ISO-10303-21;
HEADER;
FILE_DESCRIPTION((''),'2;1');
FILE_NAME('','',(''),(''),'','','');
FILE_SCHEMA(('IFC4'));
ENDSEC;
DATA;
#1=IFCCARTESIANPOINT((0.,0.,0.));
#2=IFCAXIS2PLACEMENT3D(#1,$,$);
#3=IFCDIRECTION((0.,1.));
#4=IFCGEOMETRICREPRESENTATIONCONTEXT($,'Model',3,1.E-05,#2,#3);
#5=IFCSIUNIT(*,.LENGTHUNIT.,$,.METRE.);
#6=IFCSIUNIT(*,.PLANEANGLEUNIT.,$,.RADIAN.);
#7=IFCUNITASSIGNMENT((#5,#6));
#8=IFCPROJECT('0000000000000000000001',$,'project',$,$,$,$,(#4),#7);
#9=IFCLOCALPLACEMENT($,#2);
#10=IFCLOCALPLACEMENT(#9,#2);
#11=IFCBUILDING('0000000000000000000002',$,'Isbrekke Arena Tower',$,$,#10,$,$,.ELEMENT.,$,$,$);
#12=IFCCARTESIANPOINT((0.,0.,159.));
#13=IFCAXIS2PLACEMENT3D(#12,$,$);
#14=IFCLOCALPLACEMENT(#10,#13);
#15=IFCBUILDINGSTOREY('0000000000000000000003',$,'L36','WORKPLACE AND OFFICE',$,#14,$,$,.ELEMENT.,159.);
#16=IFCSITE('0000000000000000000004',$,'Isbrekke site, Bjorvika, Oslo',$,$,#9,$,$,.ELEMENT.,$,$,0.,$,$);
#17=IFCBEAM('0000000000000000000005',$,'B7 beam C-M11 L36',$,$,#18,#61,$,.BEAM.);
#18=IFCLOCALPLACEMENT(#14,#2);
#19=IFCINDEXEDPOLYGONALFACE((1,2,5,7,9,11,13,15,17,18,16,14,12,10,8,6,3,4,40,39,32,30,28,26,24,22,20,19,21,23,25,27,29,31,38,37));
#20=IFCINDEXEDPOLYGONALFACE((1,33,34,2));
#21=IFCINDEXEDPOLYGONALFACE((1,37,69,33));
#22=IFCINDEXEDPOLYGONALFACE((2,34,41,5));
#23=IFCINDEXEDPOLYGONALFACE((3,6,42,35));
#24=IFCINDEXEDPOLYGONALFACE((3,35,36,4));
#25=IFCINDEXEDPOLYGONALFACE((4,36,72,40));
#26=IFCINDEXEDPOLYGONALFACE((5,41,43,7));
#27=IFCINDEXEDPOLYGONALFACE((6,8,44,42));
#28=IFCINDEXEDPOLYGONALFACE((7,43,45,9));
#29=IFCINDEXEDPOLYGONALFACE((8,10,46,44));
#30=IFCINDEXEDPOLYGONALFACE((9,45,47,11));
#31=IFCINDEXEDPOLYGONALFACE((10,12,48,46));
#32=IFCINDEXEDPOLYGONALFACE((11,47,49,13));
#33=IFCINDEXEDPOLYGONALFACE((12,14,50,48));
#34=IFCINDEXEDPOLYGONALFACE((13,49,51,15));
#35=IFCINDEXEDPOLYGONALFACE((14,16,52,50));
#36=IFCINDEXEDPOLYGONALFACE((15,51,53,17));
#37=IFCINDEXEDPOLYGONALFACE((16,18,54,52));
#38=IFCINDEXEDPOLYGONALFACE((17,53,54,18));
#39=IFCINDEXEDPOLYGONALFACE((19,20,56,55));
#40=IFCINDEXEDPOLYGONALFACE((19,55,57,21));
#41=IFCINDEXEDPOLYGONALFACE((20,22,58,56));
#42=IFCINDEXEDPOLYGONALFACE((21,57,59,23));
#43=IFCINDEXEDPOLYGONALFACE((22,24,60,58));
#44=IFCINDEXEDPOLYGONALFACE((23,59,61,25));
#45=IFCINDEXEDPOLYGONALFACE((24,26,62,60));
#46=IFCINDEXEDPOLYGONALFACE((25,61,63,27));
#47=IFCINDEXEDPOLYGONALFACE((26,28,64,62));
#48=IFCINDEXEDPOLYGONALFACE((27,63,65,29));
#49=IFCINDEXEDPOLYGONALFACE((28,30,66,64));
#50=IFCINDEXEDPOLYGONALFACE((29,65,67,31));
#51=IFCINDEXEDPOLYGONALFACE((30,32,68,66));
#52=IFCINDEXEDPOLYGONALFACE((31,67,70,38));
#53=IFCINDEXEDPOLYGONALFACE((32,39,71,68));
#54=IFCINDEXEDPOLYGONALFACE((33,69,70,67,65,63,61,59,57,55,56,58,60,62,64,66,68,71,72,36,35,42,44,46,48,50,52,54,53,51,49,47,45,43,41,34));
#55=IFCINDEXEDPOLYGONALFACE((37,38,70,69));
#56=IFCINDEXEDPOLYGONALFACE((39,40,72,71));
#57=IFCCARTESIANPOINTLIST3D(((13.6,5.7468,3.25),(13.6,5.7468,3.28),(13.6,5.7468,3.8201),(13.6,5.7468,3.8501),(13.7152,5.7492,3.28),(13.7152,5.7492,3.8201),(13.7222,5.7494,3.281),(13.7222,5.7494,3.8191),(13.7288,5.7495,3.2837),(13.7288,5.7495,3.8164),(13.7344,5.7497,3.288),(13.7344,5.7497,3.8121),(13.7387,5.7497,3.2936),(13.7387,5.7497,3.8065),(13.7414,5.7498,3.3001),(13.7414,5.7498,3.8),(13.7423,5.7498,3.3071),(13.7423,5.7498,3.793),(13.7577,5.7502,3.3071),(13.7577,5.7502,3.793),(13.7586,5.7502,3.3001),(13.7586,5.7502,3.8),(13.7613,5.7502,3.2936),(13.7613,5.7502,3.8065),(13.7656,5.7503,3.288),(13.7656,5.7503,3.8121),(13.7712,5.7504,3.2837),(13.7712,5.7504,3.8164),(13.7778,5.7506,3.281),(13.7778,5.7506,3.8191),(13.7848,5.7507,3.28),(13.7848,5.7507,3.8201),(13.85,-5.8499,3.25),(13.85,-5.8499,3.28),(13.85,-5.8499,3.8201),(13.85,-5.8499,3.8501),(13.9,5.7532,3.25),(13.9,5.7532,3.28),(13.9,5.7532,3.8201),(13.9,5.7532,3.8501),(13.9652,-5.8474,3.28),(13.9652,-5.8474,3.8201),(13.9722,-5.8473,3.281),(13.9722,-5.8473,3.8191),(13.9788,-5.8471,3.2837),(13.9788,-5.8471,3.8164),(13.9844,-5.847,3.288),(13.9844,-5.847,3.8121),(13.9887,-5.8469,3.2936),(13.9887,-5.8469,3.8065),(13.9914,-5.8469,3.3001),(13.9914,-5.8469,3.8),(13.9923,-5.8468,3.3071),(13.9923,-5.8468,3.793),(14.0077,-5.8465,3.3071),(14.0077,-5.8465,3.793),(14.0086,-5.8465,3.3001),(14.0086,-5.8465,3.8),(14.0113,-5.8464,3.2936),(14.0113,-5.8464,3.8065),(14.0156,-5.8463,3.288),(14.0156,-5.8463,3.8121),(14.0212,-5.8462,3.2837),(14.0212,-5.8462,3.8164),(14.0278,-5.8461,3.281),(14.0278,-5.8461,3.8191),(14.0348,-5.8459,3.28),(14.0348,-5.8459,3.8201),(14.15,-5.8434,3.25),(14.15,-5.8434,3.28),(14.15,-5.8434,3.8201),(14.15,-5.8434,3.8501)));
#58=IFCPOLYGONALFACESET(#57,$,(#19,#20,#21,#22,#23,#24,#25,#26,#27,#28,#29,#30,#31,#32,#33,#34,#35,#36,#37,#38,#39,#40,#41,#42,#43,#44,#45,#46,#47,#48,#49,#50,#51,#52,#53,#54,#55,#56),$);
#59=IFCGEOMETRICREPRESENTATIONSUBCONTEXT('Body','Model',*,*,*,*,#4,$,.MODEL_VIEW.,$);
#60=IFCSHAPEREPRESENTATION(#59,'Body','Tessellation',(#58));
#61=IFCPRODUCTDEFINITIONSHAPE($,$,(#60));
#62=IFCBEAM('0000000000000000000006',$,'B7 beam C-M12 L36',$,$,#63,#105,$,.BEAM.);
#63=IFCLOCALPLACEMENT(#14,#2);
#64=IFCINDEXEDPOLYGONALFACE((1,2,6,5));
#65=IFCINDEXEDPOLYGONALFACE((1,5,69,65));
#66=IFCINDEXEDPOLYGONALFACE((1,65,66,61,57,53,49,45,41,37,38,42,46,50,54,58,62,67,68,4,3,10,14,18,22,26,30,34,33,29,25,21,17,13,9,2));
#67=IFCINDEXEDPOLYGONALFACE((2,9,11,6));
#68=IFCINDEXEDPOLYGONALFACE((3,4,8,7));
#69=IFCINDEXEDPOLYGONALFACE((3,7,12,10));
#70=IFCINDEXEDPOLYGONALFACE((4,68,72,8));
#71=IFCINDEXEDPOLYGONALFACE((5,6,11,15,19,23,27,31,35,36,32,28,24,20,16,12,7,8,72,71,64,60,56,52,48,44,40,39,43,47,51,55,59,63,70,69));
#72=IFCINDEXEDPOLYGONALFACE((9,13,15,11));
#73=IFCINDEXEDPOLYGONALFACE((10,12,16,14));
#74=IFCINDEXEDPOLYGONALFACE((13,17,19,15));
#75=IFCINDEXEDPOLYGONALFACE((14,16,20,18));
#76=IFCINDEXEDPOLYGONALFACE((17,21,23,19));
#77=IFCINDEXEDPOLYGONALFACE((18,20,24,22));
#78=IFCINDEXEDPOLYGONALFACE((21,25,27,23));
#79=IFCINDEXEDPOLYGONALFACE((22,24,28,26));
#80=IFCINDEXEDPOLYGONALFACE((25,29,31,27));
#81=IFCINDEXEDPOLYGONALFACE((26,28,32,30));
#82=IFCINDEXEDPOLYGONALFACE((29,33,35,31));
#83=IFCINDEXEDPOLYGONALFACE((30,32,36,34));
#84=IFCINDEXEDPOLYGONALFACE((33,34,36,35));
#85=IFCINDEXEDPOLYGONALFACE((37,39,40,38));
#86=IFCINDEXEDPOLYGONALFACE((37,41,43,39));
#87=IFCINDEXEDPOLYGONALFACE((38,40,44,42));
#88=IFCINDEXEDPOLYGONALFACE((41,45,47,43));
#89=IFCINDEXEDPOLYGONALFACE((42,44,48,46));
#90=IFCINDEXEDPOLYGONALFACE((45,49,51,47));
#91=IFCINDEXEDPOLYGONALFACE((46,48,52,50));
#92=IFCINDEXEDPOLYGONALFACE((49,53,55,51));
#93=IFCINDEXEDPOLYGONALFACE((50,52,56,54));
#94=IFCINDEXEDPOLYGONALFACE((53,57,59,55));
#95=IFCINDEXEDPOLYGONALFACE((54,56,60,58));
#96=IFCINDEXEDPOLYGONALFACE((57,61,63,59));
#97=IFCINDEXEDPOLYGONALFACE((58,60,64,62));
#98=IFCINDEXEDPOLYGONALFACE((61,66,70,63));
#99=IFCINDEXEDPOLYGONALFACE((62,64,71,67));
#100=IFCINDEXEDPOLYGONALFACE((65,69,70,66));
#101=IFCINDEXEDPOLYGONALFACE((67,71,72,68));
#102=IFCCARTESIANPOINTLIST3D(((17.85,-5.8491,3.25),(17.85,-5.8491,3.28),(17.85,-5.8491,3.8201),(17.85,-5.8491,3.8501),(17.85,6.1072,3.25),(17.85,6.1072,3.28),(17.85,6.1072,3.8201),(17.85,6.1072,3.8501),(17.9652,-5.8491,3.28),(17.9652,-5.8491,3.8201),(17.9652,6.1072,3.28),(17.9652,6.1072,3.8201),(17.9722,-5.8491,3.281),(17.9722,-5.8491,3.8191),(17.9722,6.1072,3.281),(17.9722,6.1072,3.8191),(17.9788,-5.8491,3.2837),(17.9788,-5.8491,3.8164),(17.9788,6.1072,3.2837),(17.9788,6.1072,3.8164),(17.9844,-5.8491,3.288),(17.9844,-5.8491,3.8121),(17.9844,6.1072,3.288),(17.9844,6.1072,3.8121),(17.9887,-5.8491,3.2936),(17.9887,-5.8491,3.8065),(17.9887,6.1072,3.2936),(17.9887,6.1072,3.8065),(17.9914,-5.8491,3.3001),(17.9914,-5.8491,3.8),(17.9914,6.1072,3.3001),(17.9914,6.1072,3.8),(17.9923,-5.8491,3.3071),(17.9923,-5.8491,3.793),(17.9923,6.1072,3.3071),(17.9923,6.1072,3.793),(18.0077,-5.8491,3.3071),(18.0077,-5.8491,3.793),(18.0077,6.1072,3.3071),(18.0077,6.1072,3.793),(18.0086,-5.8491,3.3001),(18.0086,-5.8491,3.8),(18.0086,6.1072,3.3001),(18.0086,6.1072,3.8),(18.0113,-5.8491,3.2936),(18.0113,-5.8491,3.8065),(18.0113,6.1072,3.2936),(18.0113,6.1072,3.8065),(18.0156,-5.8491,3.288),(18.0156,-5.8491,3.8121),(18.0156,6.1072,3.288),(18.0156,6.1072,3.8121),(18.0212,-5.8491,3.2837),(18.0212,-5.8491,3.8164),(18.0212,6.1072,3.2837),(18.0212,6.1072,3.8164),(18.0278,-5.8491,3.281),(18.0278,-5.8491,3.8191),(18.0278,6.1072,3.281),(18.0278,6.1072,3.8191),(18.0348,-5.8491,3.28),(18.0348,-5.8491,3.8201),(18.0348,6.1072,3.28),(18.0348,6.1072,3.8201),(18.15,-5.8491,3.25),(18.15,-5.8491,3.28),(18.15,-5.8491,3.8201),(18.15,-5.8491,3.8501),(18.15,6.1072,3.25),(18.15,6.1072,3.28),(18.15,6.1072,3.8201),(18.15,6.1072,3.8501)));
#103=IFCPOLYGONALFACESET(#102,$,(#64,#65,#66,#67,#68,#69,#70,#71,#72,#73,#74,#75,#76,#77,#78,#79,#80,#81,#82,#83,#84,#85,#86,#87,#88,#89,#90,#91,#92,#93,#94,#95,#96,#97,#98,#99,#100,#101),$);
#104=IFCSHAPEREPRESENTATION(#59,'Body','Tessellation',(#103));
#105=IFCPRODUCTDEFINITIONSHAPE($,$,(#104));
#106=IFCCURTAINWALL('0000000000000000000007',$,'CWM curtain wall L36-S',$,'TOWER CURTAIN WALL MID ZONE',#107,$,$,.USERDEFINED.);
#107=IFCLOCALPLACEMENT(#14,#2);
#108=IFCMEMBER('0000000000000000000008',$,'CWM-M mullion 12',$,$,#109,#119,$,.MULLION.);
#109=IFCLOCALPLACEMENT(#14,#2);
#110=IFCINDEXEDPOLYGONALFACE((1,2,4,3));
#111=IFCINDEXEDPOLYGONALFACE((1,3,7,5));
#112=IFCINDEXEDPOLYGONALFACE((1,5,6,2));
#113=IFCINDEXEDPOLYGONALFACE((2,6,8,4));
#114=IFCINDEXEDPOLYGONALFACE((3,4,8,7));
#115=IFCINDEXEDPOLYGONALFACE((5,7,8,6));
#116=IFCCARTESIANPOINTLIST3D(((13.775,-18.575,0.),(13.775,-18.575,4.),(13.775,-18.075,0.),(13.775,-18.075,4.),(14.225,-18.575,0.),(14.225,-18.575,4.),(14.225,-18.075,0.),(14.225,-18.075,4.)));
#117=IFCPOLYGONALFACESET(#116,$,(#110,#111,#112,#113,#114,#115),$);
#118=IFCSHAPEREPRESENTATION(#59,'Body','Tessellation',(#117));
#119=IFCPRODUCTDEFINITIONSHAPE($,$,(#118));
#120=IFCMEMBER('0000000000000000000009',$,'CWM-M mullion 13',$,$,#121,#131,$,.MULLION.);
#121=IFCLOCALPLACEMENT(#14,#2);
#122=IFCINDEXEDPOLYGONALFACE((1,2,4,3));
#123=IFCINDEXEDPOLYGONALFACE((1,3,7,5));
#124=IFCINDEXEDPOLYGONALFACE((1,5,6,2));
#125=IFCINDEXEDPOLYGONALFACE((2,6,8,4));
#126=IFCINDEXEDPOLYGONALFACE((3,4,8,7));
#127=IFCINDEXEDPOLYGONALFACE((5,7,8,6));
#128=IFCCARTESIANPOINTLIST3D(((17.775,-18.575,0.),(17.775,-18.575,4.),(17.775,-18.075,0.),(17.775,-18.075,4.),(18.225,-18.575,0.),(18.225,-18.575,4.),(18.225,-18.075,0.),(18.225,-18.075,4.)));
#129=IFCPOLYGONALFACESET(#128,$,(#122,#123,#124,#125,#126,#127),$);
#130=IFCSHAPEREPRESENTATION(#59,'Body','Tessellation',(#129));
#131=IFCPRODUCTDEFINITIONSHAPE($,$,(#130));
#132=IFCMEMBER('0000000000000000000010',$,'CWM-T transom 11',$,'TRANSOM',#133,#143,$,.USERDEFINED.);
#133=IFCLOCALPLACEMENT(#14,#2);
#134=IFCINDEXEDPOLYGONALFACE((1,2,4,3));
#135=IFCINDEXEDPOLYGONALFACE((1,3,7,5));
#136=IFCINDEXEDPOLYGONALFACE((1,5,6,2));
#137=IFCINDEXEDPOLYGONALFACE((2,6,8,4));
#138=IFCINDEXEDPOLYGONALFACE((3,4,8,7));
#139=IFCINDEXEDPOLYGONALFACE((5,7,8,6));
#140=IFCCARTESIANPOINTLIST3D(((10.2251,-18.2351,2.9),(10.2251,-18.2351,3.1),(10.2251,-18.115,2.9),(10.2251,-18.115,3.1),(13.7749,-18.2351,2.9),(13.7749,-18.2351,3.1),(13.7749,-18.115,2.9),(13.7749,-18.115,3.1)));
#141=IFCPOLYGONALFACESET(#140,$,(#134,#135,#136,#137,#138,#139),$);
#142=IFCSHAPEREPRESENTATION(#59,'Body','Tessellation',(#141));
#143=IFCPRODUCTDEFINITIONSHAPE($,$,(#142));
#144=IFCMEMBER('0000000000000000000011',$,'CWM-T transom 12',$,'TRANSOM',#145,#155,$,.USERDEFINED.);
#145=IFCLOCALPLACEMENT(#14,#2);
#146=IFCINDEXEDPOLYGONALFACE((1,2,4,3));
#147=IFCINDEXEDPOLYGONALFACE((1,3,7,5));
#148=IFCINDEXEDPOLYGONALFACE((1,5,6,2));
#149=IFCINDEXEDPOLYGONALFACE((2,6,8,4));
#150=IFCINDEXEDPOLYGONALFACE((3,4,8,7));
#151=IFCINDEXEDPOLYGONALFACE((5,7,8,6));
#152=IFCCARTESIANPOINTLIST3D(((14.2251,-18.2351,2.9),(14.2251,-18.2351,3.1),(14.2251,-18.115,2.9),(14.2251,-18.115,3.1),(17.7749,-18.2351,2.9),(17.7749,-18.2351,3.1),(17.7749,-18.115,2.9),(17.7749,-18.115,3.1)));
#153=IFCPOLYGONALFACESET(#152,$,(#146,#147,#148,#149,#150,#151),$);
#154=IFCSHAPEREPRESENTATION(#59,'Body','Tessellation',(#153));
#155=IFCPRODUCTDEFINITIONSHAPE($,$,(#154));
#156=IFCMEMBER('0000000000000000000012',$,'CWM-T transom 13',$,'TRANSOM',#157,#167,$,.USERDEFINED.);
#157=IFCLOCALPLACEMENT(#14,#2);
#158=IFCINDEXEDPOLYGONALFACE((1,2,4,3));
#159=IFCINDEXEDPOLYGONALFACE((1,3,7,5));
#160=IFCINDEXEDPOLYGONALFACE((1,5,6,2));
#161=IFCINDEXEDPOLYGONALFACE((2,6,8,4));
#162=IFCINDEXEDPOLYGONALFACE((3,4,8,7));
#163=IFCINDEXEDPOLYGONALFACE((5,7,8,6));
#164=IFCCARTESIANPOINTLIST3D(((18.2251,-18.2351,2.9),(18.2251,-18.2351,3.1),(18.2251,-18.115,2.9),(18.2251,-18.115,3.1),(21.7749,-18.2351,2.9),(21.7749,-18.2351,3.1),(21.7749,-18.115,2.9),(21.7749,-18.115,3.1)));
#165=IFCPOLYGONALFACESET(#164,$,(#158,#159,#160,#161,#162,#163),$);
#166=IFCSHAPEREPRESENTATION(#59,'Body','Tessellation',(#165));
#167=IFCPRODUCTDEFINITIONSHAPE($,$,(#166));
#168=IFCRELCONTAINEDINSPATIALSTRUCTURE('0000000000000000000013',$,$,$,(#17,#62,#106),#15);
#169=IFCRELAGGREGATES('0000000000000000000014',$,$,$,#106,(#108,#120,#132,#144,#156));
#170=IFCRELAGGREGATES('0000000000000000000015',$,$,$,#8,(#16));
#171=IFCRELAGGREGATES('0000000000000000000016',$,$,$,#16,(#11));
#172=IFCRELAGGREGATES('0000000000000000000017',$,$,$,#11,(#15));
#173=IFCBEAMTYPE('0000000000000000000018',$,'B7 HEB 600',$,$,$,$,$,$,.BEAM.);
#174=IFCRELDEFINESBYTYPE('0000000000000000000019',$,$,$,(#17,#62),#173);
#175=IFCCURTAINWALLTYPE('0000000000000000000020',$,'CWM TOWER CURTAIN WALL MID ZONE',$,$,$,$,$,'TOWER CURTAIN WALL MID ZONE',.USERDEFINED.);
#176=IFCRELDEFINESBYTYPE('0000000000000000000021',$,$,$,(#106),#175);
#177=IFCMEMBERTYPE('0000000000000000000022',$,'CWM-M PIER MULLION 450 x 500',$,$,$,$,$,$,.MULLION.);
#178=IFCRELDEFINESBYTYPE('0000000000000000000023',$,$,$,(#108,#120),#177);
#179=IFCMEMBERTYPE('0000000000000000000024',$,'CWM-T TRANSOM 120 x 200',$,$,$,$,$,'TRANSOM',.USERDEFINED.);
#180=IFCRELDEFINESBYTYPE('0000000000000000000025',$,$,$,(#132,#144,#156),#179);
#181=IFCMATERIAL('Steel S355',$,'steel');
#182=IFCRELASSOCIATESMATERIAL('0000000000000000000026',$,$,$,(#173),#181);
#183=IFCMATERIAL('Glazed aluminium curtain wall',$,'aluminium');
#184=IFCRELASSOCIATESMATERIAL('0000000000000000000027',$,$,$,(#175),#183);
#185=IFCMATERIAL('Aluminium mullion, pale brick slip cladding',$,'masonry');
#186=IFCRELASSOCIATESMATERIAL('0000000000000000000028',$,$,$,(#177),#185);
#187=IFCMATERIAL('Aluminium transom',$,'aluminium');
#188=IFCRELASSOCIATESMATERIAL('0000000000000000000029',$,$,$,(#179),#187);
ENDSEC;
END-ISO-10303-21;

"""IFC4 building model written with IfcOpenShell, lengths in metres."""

from ifc_helpers import new_model, si_unit, direction, frame, origin, origin_2d, place, context, subcontext, project, spatial, rectangle, i_section, extrude, material, material_profile, profile_set, type_object, element, aggregate, save


model = new_model("IFC4")

# Units and contexts
model_context = context("Model", 3, precision=1e-05, world=origin(), true_north=direction((0.0, 1.0)))
body_context = subcontext(model_context, "Body", "Model", "MODEL_VIEW")
ifc_project = project(units=[si_unit("LENGTHUNIT", "METRE"), si_unit("PLANEANGLEUNIT", "RADIAN")], contexts=[model_context])

# Site, building, storey
site_placement = place(None, origin())
site = spatial("IfcSite", under=ifc_project, at=site_placement, Name="Isbrekke site, Bjorvika, Oslo", CompositionType="ELEMENT", RefElevation=0.0)
building_placement = place(site_placement, origin())
building = spatial("IfcBuilding", under=site, at=building_placement, Name="Isbrekke Arena Tower", CompositionType="ELEMENT")
storey_placement = place(building_placement, frame((0.0, 0.0, 159.0)))
storey = spatial("IfcBuildingStorey", under=building, at=storey_placement, Name="L36", Description="WORKPLACE AND OFFICE", CompositionType="ELEMENT", Elevation=159.0)

# Beams
ifc_material_1 = material(Name="Steel S355", Category="steel")
ifc_material_profile_1 = material_profile(ifc_material_1, i_section(OverallWidth=0.3, OverallDepth=0.6001, WebThickness=0.0154, FlangeThickness=0.03, FilletRadius=0.0271, at=origin_2d()), Name="HEB 600")
ifc_profile_set_1 = profile_set([ifc_material_profile_1], Name="Steel S355")
beam_type_1 = type_object("IfcBeamType", Name="B7 HEB 600", PredefinedType="BEAM", material=ifc_profile_set_1)
beam_1_placement = place(storey_placement, frame((14.0, -5.8467, 3.55), z_axis=(-0.021553, 0.999768, 0.0), x_axis=(-0.999768, -0.021553, 0.0)))
element("IfcBeam", 1, at=beam_1_placement, inside=storey, type_object=beam_type_1, Name="B7 beam C-M11 L36", PredefinedType="BEAM", context=body_context, shape_type="SweptSolid", body=[
    extrude(i_section(OverallWidth=0.3, OverallDepth=0.6001, WebThickness=0.0154, FlangeThickness=0.03, FilletRadius=0.0271, at=origin_2d()), origin(), (0.0, 0.0, 1.0), 11.5994),
])
beam_2_placement = place(storey_placement, frame((18.0, -5.8491, 3.55), z_axis=(0.0, 1.0, 0.0), x_axis=(-1.0, 0.0, 0.0)))
element("IfcBeam", 2, at=beam_2_placement, inside=storey, type_object=beam_type_1, Name="B7 beam C-M12 L36", PredefinedType="BEAM", context=body_context, shape_type="SweptSolid", body=[
    extrude(i_section(OverallWidth=0.3, OverallDepth=0.6001, WebThickness=0.0154, FlangeThickness=0.03, FilletRadius=0.0271, at=origin_2d()), origin(), (0.0, 0.0, 1.0), 11.9563),
])

# Curtain wall, members
ifc_material_2 = material(Name="Glazed aluminium curtain wall", Category="aluminium")
curtain_wall_type = type_object("IfcCurtainWallType", Name="CWM TOWER CURTAIN WALL MID ZONE", ElementType="TOWER CURTAIN WALL MID ZONE", PredefinedType="USERDEFINED", material=ifc_material_2)
curtain_wall_placement = place(storey_placement, origin())
curtain_wall = element("IfcCurtainWall", 3, at=curtain_wall_placement, inside=storey, type_object=curtain_wall_type, Name="CWM curtain wall L36-S", ObjectType="TOWER CURTAIN WALL MID ZONE", PredefinedType="USERDEFINED")
ifc_material_3 = material(Name="Aluminium mullion, pale brick slip cladding", Category="masonry")
ifc_material_profile_2 = material_profile(ifc_material_3, rectangle(XDim=0.45, YDim=0.5, at=origin_2d()), Name="PIER 450X500")
ifc_profile_set_2 = profile_set([ifc_material_profile_2], Name="Aluminium mullion, pale brick slip cladding")
member_type_1 = type_object("IfcMemberType", Name="CWM-M PIER MULLION 450 x 500", PredefinedType="MULLION", material=ifc_profile_set_2)
member_1_placement = place(storey_placement, frame((14.0, -18.325, 0.0), z_axis=(0.0, 0.0, 1.0), x_axis=(1.0, 0.0, 0.0)))
member_1 = element("IfcMember", 4, at=member_1_placement, type_object=member_type_1, Name="CWM-M mullion 12", PredefinedType="MULLION", context=body_context, shape_type="SweptSolid", body=[
    extrude(rectangle(XDim=0.45, YDim=0.5, at=origin_2d()), origin(), (0.0, 0.0, 1.0), 4.0),
])
member_2_placement = place(storey_placement, frame((18.0, -18.325, 0.0), z_axis=(0.0, 0.0, 1.0), x_axis=(1.0, 0.0, 0.0)))
member_2 = element("IfcMember", 5, at=member_2_placement, type_object=member_type_1, Name="CWM-M mullion 13", PredefinedType="MULLION", context=body_context, shape_type="SweptSolid", body=[
    extrude(rectangle(XDim=0.45, YDim=0.5, at=origin_2d()), origin(), (0.0, 0.0, 1.0), 4.0),
])
ifc_material_4 = material(Name="Aluminium transom", Category="aluminium")
ifc_material_profile_3 = material_profile(ifc_material_4, rectangle(XDim=0.1201, YDim=0.2, at=origin_2d()), Name="TRANSOM 120X200")
ifc_profile_set_3 = profile_set([ifc_material_profile_3], Name="Aluminium transom")
member_type_2 = type_object("IfcMemberType", Name="CWM-T TRANSOM 120 x 200", ElementType="TRANSOM", PredefinedType="USERDEFINED", material=ifc_profile_set_3)
member_3_placement = place(storey_placement, frame((10.2251, -18.175, 3.0), z_axis=(1.0, 0.0, 0.0), x_axis=(0.0, 1.0, 0.0)))
member_3 = element("IfcMember", 6, at=member_3_placement, type_object=member_type_2, Name="CWM-T transom 11", ObjectType="TRANSOM", PredefinedType="USERDEFINED", context=body_context, shape_type="SweptSolid", body=[
    extrude(rectangle(XDim=0.1201, YDim=0.2, at=origin_2d()), origin(), (0.0, 0.0, 1.0), 3.5498),
])
member_4_placement = place(storey_placement, frame((14.2251, -18.175, 3.0), z_axis=(1.0, 0.0, 0.0), x_axis=(0.0, 1.0, 0.0)))
member_4 = element("IfcMember", 7, at=member_4_placement, type_object=member_type_2, Name="CWM-T transom 12", ObjectType="TRANSOM", PredefinedType="USERDEFINED", context=body_context, shape_type="SweptSolid", body=[
    extrude(rectangle(XDim=0.1201, YDim=0.2, at=origin_2d()), origin(), (0.0, 0.0, 1.0), 3.5498),
])
member_5_placement = place(storey_placement, frame((18.2251, -18.175, 3.0), z_axis=(1.0, 0.0, 0.0), x_axis=(0.0, 1.0, 0.0)))
member_5 = element("IfcMember", 8, at=member_5_placement, type_object=member_type_2, Name="CWM-T transom 13", ObjectType="TRANSOM", PredefinedType="USERDEFINED", context=body_context, shape_type="SweptSolid", body=[
    extrude(rectangle(XDim=0.1201, YDim=0.2, at=origin_2d()), origin(), (0.0, 0.0, 1.0), 3.5498),
])

aggregate(curtain_wall, [member_1, member_2, member_3, member_4, member_5])

save(model, "model.ifc")
